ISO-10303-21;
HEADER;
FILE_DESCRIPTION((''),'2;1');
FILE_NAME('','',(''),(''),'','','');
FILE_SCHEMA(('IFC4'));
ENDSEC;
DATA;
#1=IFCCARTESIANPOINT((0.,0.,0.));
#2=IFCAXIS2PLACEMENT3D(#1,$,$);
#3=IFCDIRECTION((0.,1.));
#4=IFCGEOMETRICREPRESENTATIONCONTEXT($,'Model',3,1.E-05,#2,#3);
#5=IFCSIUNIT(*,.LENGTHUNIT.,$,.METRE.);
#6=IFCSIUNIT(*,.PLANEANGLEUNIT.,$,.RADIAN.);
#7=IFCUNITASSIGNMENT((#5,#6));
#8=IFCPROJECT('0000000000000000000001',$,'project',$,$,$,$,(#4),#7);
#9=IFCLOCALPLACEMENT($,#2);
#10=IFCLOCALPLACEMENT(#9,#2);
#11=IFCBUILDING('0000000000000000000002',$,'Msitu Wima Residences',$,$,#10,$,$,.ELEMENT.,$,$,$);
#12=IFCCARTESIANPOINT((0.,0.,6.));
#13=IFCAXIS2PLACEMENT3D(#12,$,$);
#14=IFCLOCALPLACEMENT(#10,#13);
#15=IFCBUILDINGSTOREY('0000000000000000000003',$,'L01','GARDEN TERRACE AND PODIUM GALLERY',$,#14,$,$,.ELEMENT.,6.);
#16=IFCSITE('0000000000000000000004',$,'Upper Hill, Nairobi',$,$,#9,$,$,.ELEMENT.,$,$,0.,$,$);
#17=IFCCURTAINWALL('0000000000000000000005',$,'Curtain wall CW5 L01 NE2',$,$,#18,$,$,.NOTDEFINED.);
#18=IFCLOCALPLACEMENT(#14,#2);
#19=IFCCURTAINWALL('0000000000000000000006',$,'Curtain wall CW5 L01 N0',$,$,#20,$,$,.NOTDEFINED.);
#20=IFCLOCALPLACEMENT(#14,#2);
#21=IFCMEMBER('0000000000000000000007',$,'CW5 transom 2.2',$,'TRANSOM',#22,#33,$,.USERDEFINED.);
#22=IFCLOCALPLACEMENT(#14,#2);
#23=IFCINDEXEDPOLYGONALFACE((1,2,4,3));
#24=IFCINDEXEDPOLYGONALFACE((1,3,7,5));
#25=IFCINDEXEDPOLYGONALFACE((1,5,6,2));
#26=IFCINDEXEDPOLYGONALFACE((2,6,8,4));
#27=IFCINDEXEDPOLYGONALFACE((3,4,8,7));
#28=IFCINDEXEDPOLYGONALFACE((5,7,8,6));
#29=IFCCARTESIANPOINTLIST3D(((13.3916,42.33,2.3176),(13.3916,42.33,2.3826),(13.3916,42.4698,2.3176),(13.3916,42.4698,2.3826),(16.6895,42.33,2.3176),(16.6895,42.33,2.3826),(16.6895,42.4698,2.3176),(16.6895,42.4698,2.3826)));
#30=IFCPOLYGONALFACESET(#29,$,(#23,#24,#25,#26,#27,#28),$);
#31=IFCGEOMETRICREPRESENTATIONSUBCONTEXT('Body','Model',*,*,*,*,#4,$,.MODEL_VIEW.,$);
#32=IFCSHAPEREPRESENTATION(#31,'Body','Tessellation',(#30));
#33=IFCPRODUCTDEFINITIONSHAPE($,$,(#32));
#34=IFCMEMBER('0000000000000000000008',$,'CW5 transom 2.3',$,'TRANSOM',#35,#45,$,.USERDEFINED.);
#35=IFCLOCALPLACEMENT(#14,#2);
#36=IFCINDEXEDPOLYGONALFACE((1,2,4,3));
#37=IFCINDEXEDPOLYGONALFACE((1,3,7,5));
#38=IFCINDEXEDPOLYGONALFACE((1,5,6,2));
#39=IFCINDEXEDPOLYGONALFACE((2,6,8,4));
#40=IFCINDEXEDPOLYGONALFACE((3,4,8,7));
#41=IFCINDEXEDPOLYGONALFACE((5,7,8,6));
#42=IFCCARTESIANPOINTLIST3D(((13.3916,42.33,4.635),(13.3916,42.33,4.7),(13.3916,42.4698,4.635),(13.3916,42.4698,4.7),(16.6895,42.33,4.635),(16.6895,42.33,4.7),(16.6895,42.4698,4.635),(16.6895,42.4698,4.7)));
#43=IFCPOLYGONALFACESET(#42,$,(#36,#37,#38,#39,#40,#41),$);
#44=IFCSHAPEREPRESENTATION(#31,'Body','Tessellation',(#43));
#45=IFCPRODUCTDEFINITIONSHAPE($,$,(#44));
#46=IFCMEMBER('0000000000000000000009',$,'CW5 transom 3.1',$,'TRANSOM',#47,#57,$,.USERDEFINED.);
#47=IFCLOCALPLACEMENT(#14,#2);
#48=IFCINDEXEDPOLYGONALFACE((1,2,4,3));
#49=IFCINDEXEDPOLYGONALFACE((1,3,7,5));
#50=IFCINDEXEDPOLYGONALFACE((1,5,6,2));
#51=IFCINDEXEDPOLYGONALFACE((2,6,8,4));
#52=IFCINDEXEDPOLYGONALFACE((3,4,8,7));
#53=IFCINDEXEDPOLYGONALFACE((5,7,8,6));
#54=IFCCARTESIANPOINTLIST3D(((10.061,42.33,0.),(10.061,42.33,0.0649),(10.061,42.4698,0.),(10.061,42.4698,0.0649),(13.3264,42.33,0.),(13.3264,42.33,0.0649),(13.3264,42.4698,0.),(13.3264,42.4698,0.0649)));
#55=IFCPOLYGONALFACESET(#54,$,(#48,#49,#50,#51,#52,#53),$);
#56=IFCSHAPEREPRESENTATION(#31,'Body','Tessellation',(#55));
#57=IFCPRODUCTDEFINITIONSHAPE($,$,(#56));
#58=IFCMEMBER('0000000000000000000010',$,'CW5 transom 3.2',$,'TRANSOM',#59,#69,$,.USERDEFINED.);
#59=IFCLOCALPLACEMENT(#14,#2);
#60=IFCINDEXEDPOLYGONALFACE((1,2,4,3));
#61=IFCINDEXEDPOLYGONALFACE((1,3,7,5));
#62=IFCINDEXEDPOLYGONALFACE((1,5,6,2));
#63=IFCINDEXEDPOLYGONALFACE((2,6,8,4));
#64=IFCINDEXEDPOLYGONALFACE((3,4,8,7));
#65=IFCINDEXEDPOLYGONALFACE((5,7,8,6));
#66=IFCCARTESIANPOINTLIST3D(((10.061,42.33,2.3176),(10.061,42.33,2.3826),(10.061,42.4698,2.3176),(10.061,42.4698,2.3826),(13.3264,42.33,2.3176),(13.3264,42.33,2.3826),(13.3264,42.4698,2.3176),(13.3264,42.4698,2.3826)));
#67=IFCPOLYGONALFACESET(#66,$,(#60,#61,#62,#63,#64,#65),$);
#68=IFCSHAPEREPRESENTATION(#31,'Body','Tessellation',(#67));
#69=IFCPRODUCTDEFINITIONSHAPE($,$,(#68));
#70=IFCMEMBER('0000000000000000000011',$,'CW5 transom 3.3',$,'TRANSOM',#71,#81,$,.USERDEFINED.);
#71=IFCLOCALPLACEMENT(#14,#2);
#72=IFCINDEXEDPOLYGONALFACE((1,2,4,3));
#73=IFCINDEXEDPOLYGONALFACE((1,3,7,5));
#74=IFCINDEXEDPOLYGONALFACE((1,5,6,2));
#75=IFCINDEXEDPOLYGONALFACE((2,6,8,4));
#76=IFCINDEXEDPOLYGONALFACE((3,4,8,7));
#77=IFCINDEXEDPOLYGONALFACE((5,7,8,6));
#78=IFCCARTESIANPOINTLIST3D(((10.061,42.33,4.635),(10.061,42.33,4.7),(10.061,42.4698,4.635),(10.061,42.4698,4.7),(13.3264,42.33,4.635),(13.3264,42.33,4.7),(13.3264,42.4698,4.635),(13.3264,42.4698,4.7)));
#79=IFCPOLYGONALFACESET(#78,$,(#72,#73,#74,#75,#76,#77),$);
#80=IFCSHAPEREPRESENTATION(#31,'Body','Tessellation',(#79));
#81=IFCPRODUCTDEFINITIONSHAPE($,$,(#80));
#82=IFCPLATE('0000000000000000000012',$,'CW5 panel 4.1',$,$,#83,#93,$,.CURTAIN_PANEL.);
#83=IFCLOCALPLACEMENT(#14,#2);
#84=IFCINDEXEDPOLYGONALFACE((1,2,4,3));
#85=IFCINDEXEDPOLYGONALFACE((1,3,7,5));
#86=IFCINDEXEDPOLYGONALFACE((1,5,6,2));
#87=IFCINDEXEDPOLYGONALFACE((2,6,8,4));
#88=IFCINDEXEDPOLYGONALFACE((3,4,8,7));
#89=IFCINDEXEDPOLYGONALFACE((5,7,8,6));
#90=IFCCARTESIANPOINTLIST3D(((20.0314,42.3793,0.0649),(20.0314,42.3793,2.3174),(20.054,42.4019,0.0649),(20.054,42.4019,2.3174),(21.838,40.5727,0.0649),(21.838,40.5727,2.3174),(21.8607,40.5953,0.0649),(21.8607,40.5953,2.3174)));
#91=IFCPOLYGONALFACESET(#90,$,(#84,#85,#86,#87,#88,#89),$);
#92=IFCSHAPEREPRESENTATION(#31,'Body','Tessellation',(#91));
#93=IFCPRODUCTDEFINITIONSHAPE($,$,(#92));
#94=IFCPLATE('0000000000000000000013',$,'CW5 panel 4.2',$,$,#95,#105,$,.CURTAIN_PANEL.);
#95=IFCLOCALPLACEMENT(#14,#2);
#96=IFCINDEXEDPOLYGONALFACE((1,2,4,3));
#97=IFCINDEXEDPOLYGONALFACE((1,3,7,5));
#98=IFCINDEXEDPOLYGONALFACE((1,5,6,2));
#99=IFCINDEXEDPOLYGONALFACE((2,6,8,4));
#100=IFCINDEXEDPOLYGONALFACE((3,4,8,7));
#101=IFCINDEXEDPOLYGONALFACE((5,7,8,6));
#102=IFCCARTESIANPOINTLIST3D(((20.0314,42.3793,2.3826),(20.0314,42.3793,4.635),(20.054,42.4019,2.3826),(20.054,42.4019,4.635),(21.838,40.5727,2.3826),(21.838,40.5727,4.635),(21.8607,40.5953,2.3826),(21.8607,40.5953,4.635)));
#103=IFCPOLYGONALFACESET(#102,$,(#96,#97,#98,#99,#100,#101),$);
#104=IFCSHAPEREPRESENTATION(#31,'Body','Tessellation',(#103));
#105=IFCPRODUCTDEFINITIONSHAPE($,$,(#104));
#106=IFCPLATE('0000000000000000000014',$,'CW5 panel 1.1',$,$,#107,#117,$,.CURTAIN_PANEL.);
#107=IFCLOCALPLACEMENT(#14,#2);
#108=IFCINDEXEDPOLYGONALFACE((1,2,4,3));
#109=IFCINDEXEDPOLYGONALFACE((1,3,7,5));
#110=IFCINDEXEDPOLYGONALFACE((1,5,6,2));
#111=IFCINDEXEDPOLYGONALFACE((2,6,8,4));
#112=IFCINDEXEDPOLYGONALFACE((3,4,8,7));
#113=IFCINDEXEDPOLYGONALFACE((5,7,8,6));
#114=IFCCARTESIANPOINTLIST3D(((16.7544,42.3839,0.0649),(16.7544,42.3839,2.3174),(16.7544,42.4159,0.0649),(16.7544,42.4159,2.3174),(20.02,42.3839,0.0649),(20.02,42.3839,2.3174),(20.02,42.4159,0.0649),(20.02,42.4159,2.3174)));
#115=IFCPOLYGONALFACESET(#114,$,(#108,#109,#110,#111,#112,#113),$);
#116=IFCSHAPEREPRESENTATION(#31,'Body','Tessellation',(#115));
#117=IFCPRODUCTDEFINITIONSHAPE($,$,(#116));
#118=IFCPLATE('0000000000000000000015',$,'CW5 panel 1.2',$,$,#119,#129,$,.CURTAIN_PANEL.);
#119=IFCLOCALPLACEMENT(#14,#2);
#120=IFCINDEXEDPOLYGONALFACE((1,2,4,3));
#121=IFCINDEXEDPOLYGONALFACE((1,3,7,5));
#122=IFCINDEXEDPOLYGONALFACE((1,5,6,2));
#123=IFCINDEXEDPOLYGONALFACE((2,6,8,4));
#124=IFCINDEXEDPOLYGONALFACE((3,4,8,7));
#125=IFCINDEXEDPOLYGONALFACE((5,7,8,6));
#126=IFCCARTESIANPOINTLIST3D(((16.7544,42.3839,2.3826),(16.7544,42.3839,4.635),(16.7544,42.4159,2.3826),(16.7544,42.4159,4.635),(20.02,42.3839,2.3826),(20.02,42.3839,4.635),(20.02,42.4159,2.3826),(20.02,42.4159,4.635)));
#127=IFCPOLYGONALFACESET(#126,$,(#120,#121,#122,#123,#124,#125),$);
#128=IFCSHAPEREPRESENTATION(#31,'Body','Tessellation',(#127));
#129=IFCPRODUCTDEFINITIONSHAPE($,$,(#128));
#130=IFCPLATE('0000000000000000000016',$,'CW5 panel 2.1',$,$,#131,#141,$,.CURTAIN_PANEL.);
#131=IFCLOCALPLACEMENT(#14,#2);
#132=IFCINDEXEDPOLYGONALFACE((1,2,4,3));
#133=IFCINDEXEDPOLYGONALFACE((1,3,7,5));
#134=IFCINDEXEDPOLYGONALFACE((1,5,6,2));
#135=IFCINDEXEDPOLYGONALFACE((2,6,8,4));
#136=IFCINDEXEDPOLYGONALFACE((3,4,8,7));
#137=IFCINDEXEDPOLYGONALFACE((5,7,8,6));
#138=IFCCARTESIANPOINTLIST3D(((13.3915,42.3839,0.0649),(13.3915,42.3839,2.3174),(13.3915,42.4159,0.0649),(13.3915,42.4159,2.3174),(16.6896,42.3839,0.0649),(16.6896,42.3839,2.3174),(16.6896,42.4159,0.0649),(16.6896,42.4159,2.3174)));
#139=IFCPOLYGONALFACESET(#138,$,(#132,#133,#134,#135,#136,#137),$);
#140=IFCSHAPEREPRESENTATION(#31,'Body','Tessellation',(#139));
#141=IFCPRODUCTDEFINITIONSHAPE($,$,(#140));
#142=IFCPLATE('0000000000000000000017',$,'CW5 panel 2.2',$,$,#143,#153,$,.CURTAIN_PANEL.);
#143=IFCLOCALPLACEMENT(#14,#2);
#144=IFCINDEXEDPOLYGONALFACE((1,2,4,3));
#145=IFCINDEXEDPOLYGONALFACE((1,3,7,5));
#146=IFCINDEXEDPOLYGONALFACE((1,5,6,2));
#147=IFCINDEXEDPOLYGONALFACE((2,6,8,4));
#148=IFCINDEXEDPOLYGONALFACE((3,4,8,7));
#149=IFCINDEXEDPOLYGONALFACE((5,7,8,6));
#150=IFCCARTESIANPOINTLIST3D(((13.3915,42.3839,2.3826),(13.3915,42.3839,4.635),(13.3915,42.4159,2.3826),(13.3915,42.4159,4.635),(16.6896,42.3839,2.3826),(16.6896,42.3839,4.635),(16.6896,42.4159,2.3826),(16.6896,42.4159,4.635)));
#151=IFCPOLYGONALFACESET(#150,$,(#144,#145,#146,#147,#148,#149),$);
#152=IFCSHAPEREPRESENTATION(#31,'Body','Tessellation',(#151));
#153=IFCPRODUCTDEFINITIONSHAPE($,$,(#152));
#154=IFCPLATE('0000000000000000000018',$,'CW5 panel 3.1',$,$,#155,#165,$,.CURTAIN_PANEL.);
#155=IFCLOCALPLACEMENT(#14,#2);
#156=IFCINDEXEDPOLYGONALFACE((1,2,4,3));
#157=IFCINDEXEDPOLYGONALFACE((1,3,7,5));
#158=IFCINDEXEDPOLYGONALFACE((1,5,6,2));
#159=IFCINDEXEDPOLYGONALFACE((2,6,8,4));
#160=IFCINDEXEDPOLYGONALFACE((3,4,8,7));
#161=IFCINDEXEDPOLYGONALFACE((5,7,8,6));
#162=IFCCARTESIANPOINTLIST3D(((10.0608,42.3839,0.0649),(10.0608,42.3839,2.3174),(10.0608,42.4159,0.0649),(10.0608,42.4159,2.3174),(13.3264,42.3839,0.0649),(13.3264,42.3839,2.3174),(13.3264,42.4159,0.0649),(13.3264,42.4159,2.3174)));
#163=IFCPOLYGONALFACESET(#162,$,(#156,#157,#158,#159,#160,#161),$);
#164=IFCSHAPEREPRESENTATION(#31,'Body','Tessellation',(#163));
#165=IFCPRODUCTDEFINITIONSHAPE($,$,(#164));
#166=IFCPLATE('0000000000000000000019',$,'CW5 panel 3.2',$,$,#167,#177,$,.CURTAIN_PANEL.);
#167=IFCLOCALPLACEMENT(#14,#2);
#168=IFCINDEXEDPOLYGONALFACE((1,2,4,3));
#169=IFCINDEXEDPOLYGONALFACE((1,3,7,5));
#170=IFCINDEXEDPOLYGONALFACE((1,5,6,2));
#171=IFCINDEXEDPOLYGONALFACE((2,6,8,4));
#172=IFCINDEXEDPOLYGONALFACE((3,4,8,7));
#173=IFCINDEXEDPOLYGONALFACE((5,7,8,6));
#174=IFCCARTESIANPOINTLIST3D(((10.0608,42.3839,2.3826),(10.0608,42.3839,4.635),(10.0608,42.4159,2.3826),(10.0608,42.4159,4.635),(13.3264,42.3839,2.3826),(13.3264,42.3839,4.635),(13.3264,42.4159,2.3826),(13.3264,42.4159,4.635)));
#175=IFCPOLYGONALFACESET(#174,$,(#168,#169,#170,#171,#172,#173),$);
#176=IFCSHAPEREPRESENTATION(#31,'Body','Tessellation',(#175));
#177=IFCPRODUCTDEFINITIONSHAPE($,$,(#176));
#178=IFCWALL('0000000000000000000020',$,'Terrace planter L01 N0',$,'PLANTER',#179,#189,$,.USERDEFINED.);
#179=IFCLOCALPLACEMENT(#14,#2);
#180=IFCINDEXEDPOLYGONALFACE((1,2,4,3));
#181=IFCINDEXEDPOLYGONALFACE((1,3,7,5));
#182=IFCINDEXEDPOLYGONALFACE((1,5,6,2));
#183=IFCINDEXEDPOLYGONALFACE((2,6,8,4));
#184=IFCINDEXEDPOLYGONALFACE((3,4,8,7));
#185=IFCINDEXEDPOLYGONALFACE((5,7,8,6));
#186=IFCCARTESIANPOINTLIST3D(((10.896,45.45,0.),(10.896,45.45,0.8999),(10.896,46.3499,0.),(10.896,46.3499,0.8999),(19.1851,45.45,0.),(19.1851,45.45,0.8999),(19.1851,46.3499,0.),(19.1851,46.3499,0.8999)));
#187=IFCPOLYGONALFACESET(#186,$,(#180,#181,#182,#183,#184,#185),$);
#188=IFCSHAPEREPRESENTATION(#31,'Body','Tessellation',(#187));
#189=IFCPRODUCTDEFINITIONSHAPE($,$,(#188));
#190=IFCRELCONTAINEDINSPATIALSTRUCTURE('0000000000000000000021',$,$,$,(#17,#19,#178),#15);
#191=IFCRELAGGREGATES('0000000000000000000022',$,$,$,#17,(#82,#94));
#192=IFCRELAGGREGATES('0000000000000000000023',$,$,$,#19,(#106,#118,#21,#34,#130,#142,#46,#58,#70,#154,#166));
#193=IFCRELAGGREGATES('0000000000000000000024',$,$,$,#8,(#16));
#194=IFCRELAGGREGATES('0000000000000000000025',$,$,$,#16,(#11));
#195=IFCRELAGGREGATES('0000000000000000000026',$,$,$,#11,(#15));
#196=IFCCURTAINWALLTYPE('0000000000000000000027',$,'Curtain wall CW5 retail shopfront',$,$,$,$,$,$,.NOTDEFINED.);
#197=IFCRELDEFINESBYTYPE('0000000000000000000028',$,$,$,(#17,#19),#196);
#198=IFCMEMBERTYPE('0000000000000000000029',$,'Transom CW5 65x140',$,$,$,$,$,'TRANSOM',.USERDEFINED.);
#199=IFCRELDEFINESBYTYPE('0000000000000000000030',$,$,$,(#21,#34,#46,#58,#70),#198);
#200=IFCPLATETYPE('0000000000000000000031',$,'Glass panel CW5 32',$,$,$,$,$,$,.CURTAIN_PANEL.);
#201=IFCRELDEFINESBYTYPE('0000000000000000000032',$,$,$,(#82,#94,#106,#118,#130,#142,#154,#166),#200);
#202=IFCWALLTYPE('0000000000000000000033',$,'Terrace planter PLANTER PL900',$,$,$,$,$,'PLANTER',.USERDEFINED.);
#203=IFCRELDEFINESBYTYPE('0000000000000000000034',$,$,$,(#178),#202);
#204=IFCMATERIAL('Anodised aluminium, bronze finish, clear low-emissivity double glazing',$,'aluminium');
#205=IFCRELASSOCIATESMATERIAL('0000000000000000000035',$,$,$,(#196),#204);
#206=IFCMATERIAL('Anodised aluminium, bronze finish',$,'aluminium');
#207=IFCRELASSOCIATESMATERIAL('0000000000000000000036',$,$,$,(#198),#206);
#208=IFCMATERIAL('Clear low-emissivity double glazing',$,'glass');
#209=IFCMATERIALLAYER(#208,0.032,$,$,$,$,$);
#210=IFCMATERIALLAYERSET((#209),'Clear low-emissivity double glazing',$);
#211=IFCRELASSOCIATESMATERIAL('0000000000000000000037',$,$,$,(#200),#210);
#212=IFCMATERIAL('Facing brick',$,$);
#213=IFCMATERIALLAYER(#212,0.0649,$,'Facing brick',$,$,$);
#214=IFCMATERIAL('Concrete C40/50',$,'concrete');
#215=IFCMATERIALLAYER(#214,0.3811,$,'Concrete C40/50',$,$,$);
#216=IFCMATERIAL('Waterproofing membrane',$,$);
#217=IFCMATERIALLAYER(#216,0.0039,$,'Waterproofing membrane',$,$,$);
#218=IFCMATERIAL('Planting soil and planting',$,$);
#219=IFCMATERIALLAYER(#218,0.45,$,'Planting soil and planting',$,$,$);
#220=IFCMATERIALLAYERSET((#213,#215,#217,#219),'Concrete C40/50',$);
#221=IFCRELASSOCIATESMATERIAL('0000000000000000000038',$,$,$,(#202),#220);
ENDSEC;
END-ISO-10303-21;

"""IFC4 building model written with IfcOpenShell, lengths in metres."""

from ifc_helpers import new_model, si_unit, direction, frame, frame_2d, origin, origin_2d, place, context, subcontext, project, spatial, rectangle, extrude, material, layer, layer_set, material_profile, profile_set, type_object, element, aggregate, save


model = new_model("IFC4")

# Units and contexts
model_context = context("Model", 3, precision=1e-05, world=origin(), true_north=direction((0.0, 1.0)))
body_context = subcontext(model_context, "Body", "Model", "MODEL_VIEW")
ifc_project = project(units=[si_unit("LENGTHUNIT", "METRE"), si_unit("PLANEANGLEUNIT", "RADIAN")], contexts=[model_context])

# Site, building, storey
site_placement = place(None, origin())
site = spatial("IfcSite", under=ifc_project, at=site_placement, Name="Upper Hill, Nairobi", CompositionType="ELEMENT", RefElevation=0.0)
building_placement = place(site_placement, origin())
building = spatial("IfcBuilding", under=site, at=building_placement, Name="Msitu Wima Residences", CompositionType="ELEMENT")
storey_placement = place(building_placement, frame((0.0, 0.0, 6.0)))
storey = spatial("IfcBuildingStorey", under=building, at=storey_placement, Name="L01", Description="GARDEN TERRACE AND PODIUM GALLERY", CompositionType="ELEMENT", Elevation=6.0)

# Curtain wall
ifc_material_1 = material(Name="Anodised aluminium, bronze finish, clear low-emissivity double glazing", Category="aluminium")
curtain_wall_type = type_object("IfcCurtainWallType", Name="Curtain wall CW5 retail shopfront", PredefinedType="NOTDEFINED", material=ifc_material_1)
curtain_wall_1_placement = place(storey_placement, origin())
curtain_wall_1 = element("IfcCurtainWall", 1, at=curtain_wall_1_placement, inside=storey, type_object=curtain_wall_type, Name="Curtain wall CW5 L01 NE2", PredefinedType="NOTDEFINED")
ifc_material_2 = material(Name="Anodised aluminium, bronze finish", Category="aluminium")

# Curtain wall
curtain_wall_2_placement = place(storey_placement, origin())
curtain_wall_2 = element("IfcCurtainWall", 2, at=curtain_wall_2_placement, inside=storey, type_object=curtain_wall_type, Name="Curtain wall CW5 L01 N0", PredefinedType="NOTDEFINED")

# Members
ifc_material_profile_1 = material_profile(ifc_material_2, rectangle(XDim=0.1399, YDim=0.0649, at=origin_2d()), Name="Transom 65x140")
ifc_profile_set_1 = profile_set([ifc_material_profile_1], Name="Anodised aluminium, bronze finish")
member_type_1 = type_object("IfcMemberType", Name="Transom CW5 65x140", ElementType="TRANSOM", PredefinedType="USERDEFINED", material=ifc_profile_set_1)
member_1_placement = place(storey_placement, frame((16.6895, 42.3999, 2.3501), z_axis=(-1.0, 0.0, 0.0), x_axis=(0.0, -1.0, 0.0)))
member_1 = element("IfcMember", 3, at=member_1_placement, type_object=member_type_1, Name="CW5 transom 2.2", ObjectType="TRANSOM", PredefinedType="USERDEFINED", context=body_context, shape_type="SweptSolid", body=[
    extrude(rectangle(XDim=0.1399, YDim=0.0649, at=origin_2d()), origin(), (0.0, 0.0, 1.0), 3.2979),
])
member_2_placement = place(storey_placement, frame((16.6895, 42.3999, 4.6675), z_axis=(-1.0, 0.0, 0.0), x_axis=(0.0, -1.0, 0.0)))
member_2 = element("IfcMember", 4, at=member_2_placement, type_object=member_type_1, Name="CW5 transom 2.3", ObjectType="TRANSOM", PredefinedType="USERDEFINED", context=body_context, shape_type="SweptSolid", body=[
    extrude(rectangle(XDim=0.1399, YDim=0.0649, at=origin_2d()), origin(), (0.0, 0.0, 1.0), 3.2979),
])
member_3_placement = place(storey_placement, frame((13.3264, 42.3999, 0.0325), z_axis=(-1.0, 0.0, 0.0), x_axis=(0.0, -1.0, 0.0)))
member_3 = element("IfcMember", 5, at=member_3_placement, type_object=member_type_1, Name="CW5 transom 3.1", ObjectType="TRANSOM", PredefinedType="USERDEFINED", context=body_context, shape_type="SweptSolid", body=[
    extrude(rectangle(XDim=0.1399, YDim=0.0649, at=origin_2d()), origin(), (0.0, 0.0, 1.0), 3.2654),
])
member_4_placement = place(storey_placement, frame((13.3264, 42.3999, 2.3501), z_axis=(-1.0, 0.0, 0.0), x_axis=(0.0, -1.0, 0.0)))
member_4 = element("IfcMember", 6, at=member_4_placement, type_object=member_type_1, Name="CW5 transom 3.2", ObjectType="TRANSOM", PredefinedType="USERDEFINED", context=body_context, shape_type="SweptSolid", body=[
    extrude(rectangle(XDim=0.1399, YDim=0.0649, at=origin_2d()), origin(), (0.0, 0.0, 1.0), 3.2654),
])
member_5_placement = place(storey_placement, frame((13.3264, 42.3999, 4.6675), z_axis=(-1.0, 0.0, 0.0), x_axis=(0.0, -1.0, 0.0)))
member_5 = element("IfcMember", 7, at=member_5_placement, type_object=member_type_1, Name="CW5 transom 3.3", ObjectType="TRANSOM", PredefinedType="USERDEFINED", context=body_context, shape_type="SweptSolid", body=[
    extrude(rectangle(XDim=0.1399, YDim=0.0649, at=origin_2d()), origin(), (0.0, 0.0, 1.0), 3.2654),
])

# Plates
ifc_material_3 = material(Name="Clear low-emissivity double glazing", Category="glass")
ifc_layer_1 = layer(ifc_material_3, 0.032)
ifc_layer_set_1 = layer_set([ifc_layer_1], Name="Clear low-emissivity double glazing")
plate_type = type_object("IfcPlateType", Name="Glass panel CW5 32", PredefinedType="CURTAIN_PANEL", material=ifc_layer_set_1)
plate_1_placement = place(storey_placement, frame((20.946, 41.4873, 0.0649), z_axis=(0.0, 0.0, 1.0), x_axis=(-0.707107, 0.707107, 0.0)))
plate_1 = element("IfcPlate", 8, at=plate_1_placement, type_object=plate_type, Name="CW5 panel 4.1", PredefinedType="CURTAIN_PANEL", context=body_context, shape_type="SweptSolid", body=[
    extrude(rectangle(XDim=2.5549, YDim=0.032, at=origin_2d()), origin(), (0.0, 0.0, 1.0), 2.2524),
])
plate_2_placement = place(storey_placement, frame((20.946, 41.4873, 2.3826), z_axis=(0.0, 0.0, 1.0), x_axis=(-0.707107, 0.707107, 0.0)))
plate_2 = element("IfcPlate", 9, at=plate_2_placement, type_object=plate_type, Name="CW5 panel 4.2", PredefinedType="CURTAIN_PANEL", context=body_context, shape_type="SweptSolid", body=[
    extrude(rectangle(XDim=2.5549, YDim=0.032, at=origin_2d()), origin(), (0.0, 0.0, 1.0), 2.2524),
])
aggregate(curtain_wall_1, [plate_1, plate_2])
plate_3_placement = place(storey_placement, frame((18.3872, 42.3999, 0.0649), z_axis=(0.0, 0.0, 1.0), x_axis=(-1.0, 0.0, 0.0)))
plate_3 = element("IfcPlate", 10, at=plate_3_placement, type_object=plate_type, Name="CW5 panel 1.1", PredefinedType="CURTAIN_PANEL", context=body_context, shape_type="SweptSolid", body=[
    extrude(rectangle(XDim=3.2656, YDim=0.032, at=origin_2d()), origin(), (0.0, 0.0, 1.0), 2.2524),
])
plate_4_placement = place(storey_placement, frame((18.3872, 42.3999, 2.3826), z_axis=(0.0, 0.0, 1.0), x_axis=(-1.0, 0.0, 0.0)))
plate_4 = element("IfcPlate", 11, at=plate_4_placement, type_object=plate_type, Name="CW5 panel 1.2", PredefinedType="CURTAIN_PANEL", context=body_context, shape_type="SweptSolid", body=[
    extrude(rectangle(XDim=3.2656, YDim=0.032, at=origin_2d()), origin(), (0.0, 0.0, 1.0), 2.2524),
])
plate_5_placement = place(storey_placement, frame((15.0405, 42.3999, 0.0649), z_axis=(0.0, 0.0, 1.0), x_axis=(-1.0, 0.0, 0.0)))
plate_5 = element("IfcPlate", 12, at=plate_5_placement, type_object=plate_type, Name="CW5 panel 2.1", PredefinedType="CURTAIN_PANEL", context=body_context, shape_type="SweptSolid", body=[
    extrude(rectangle(XDim=3.2981, YDim=0.032, at=origin_2d()), origin(), (0.0, 0.0, 1.0), 2.2524),
])
plate_6_placement = place(storey_placement, frame((15.0405, 42.3999, 2.3826), z_axis=(0.0, 0.0, 1.0), x_axis=(-1.0, 0.0, 0.0)))
plate_6 = element("IfcPlate", 13, at=plate_6_placement, type_object=plate_type, Name="CW5 panel 2.2", PredefinedType="CURTAIN_PANEL", context=body_context, shape_type="SweptSolid", body=[
    extrude(rectangle(XDim=3.2981, YDim=0.032, at=origin_2d()), origin(), (0.0, 0.0, 1.0), 2.2524),
])
plate_7_placement = place(storey_placement, frame((11.6936, 42.3999, 0.0649), z_axis=(0.0, 0.0, 1.0), x_axis=(-1.0, 0.0, 0.0)))
plate_7 = element("IfcPlate", 14, at=plate_7_placement, type_object=plate_type, Name="CW5 panel 3.1", PredefinedType="CURTAIN_PANEL", context=body_context, shape_type="SweptSolid", body=[
    extrude(rectangle(XDim=3.2656, YDim=0.032, at=origin_2d()), origin(), (0.0, 0.0, 1.0), 2.2524),
])
plate_8_placement = place(storey_placement, frame((11.6936, 42.3999, 2.3826), z_axis=(0.0, 0.0, 1.0), x_axis=(-1.0, 0.0, 0.0)))
plate_8 = element("IfcPlate", 15, at=plate_8_placement, type_object=plate_type, Name="CW5 panel 3.2", PredefinedType="CURTAIN_PANEL", context=body_context, shape_type="SweptSolid", body=[
    extrude(rectangle(XDim=3.2656, YDim=0.032, at=origin_2d()), origin(), (0.0, 0.0, 1.0), 2.2524),
])
aggregate(curtain_wall_2, [plate_3, plate_4, member_1, member_2, plate_5, plate_6, member_3, member_4, member_5, plate_7, plate_8])

# Wall
ifc_material_4 = material(Name="Facing brick")
ifc_layer_2 = layer(ifc_material_4, 0.0649, Name="Facing brick")
ifc_material_5 = material(Name="Concrete C40/50", Category="concrete")
ifc_layer_3 = layer(ifc_material_5, 0.3811, Name="Concrete C40/50")
ifc_material_6 = material(Name="Waterproofing membrane")
ifc_layer_4 = layer(ifc_material_6, 0.0039, Name="Waterproofing membrane")
ifc_material_7 = material(Name="Planting soil and planting")
ifc_layer_5 = layer(ifc_material_7, 0.45, Name="Planting soil and planting")
ifc_layer_set_2 = layer_set([ifc_layer_2, ifc_layer_3, ifc_layer_4, ifc_layer_5], Name="Concrete C40/50")
wall_type = type_object("IfcWallType", Name="Terrace planter PLANTER PL900", ElementType="PLANTER", PredefinedType="USERDEFINED", material=ifc_layer_set_2)
wall_placement = place(storey_placement, frame((19.1851, 45.8999, 0.0), z_axis=(0.0, 0.0, 1.0), x_axis=(-1.0, 0.0, 0.0)))
element("IfcWall", 16, at=wall_placement, inside=storey, type_object=wall_type, Name="Terrace planter L01 N0", ObjectType="PLANTER", PredefinedType="USERDEFINED", context=body_context, shape_type="SweptSolid", body=[
    extrude(rectangle(XDim=8.2891, YDim=0.8999, at=frame_2d((4.1445, 0.0))), origin(), (0.0, 0.0, 1.0), 0.8999),
])

save(model, "model.ifc")
